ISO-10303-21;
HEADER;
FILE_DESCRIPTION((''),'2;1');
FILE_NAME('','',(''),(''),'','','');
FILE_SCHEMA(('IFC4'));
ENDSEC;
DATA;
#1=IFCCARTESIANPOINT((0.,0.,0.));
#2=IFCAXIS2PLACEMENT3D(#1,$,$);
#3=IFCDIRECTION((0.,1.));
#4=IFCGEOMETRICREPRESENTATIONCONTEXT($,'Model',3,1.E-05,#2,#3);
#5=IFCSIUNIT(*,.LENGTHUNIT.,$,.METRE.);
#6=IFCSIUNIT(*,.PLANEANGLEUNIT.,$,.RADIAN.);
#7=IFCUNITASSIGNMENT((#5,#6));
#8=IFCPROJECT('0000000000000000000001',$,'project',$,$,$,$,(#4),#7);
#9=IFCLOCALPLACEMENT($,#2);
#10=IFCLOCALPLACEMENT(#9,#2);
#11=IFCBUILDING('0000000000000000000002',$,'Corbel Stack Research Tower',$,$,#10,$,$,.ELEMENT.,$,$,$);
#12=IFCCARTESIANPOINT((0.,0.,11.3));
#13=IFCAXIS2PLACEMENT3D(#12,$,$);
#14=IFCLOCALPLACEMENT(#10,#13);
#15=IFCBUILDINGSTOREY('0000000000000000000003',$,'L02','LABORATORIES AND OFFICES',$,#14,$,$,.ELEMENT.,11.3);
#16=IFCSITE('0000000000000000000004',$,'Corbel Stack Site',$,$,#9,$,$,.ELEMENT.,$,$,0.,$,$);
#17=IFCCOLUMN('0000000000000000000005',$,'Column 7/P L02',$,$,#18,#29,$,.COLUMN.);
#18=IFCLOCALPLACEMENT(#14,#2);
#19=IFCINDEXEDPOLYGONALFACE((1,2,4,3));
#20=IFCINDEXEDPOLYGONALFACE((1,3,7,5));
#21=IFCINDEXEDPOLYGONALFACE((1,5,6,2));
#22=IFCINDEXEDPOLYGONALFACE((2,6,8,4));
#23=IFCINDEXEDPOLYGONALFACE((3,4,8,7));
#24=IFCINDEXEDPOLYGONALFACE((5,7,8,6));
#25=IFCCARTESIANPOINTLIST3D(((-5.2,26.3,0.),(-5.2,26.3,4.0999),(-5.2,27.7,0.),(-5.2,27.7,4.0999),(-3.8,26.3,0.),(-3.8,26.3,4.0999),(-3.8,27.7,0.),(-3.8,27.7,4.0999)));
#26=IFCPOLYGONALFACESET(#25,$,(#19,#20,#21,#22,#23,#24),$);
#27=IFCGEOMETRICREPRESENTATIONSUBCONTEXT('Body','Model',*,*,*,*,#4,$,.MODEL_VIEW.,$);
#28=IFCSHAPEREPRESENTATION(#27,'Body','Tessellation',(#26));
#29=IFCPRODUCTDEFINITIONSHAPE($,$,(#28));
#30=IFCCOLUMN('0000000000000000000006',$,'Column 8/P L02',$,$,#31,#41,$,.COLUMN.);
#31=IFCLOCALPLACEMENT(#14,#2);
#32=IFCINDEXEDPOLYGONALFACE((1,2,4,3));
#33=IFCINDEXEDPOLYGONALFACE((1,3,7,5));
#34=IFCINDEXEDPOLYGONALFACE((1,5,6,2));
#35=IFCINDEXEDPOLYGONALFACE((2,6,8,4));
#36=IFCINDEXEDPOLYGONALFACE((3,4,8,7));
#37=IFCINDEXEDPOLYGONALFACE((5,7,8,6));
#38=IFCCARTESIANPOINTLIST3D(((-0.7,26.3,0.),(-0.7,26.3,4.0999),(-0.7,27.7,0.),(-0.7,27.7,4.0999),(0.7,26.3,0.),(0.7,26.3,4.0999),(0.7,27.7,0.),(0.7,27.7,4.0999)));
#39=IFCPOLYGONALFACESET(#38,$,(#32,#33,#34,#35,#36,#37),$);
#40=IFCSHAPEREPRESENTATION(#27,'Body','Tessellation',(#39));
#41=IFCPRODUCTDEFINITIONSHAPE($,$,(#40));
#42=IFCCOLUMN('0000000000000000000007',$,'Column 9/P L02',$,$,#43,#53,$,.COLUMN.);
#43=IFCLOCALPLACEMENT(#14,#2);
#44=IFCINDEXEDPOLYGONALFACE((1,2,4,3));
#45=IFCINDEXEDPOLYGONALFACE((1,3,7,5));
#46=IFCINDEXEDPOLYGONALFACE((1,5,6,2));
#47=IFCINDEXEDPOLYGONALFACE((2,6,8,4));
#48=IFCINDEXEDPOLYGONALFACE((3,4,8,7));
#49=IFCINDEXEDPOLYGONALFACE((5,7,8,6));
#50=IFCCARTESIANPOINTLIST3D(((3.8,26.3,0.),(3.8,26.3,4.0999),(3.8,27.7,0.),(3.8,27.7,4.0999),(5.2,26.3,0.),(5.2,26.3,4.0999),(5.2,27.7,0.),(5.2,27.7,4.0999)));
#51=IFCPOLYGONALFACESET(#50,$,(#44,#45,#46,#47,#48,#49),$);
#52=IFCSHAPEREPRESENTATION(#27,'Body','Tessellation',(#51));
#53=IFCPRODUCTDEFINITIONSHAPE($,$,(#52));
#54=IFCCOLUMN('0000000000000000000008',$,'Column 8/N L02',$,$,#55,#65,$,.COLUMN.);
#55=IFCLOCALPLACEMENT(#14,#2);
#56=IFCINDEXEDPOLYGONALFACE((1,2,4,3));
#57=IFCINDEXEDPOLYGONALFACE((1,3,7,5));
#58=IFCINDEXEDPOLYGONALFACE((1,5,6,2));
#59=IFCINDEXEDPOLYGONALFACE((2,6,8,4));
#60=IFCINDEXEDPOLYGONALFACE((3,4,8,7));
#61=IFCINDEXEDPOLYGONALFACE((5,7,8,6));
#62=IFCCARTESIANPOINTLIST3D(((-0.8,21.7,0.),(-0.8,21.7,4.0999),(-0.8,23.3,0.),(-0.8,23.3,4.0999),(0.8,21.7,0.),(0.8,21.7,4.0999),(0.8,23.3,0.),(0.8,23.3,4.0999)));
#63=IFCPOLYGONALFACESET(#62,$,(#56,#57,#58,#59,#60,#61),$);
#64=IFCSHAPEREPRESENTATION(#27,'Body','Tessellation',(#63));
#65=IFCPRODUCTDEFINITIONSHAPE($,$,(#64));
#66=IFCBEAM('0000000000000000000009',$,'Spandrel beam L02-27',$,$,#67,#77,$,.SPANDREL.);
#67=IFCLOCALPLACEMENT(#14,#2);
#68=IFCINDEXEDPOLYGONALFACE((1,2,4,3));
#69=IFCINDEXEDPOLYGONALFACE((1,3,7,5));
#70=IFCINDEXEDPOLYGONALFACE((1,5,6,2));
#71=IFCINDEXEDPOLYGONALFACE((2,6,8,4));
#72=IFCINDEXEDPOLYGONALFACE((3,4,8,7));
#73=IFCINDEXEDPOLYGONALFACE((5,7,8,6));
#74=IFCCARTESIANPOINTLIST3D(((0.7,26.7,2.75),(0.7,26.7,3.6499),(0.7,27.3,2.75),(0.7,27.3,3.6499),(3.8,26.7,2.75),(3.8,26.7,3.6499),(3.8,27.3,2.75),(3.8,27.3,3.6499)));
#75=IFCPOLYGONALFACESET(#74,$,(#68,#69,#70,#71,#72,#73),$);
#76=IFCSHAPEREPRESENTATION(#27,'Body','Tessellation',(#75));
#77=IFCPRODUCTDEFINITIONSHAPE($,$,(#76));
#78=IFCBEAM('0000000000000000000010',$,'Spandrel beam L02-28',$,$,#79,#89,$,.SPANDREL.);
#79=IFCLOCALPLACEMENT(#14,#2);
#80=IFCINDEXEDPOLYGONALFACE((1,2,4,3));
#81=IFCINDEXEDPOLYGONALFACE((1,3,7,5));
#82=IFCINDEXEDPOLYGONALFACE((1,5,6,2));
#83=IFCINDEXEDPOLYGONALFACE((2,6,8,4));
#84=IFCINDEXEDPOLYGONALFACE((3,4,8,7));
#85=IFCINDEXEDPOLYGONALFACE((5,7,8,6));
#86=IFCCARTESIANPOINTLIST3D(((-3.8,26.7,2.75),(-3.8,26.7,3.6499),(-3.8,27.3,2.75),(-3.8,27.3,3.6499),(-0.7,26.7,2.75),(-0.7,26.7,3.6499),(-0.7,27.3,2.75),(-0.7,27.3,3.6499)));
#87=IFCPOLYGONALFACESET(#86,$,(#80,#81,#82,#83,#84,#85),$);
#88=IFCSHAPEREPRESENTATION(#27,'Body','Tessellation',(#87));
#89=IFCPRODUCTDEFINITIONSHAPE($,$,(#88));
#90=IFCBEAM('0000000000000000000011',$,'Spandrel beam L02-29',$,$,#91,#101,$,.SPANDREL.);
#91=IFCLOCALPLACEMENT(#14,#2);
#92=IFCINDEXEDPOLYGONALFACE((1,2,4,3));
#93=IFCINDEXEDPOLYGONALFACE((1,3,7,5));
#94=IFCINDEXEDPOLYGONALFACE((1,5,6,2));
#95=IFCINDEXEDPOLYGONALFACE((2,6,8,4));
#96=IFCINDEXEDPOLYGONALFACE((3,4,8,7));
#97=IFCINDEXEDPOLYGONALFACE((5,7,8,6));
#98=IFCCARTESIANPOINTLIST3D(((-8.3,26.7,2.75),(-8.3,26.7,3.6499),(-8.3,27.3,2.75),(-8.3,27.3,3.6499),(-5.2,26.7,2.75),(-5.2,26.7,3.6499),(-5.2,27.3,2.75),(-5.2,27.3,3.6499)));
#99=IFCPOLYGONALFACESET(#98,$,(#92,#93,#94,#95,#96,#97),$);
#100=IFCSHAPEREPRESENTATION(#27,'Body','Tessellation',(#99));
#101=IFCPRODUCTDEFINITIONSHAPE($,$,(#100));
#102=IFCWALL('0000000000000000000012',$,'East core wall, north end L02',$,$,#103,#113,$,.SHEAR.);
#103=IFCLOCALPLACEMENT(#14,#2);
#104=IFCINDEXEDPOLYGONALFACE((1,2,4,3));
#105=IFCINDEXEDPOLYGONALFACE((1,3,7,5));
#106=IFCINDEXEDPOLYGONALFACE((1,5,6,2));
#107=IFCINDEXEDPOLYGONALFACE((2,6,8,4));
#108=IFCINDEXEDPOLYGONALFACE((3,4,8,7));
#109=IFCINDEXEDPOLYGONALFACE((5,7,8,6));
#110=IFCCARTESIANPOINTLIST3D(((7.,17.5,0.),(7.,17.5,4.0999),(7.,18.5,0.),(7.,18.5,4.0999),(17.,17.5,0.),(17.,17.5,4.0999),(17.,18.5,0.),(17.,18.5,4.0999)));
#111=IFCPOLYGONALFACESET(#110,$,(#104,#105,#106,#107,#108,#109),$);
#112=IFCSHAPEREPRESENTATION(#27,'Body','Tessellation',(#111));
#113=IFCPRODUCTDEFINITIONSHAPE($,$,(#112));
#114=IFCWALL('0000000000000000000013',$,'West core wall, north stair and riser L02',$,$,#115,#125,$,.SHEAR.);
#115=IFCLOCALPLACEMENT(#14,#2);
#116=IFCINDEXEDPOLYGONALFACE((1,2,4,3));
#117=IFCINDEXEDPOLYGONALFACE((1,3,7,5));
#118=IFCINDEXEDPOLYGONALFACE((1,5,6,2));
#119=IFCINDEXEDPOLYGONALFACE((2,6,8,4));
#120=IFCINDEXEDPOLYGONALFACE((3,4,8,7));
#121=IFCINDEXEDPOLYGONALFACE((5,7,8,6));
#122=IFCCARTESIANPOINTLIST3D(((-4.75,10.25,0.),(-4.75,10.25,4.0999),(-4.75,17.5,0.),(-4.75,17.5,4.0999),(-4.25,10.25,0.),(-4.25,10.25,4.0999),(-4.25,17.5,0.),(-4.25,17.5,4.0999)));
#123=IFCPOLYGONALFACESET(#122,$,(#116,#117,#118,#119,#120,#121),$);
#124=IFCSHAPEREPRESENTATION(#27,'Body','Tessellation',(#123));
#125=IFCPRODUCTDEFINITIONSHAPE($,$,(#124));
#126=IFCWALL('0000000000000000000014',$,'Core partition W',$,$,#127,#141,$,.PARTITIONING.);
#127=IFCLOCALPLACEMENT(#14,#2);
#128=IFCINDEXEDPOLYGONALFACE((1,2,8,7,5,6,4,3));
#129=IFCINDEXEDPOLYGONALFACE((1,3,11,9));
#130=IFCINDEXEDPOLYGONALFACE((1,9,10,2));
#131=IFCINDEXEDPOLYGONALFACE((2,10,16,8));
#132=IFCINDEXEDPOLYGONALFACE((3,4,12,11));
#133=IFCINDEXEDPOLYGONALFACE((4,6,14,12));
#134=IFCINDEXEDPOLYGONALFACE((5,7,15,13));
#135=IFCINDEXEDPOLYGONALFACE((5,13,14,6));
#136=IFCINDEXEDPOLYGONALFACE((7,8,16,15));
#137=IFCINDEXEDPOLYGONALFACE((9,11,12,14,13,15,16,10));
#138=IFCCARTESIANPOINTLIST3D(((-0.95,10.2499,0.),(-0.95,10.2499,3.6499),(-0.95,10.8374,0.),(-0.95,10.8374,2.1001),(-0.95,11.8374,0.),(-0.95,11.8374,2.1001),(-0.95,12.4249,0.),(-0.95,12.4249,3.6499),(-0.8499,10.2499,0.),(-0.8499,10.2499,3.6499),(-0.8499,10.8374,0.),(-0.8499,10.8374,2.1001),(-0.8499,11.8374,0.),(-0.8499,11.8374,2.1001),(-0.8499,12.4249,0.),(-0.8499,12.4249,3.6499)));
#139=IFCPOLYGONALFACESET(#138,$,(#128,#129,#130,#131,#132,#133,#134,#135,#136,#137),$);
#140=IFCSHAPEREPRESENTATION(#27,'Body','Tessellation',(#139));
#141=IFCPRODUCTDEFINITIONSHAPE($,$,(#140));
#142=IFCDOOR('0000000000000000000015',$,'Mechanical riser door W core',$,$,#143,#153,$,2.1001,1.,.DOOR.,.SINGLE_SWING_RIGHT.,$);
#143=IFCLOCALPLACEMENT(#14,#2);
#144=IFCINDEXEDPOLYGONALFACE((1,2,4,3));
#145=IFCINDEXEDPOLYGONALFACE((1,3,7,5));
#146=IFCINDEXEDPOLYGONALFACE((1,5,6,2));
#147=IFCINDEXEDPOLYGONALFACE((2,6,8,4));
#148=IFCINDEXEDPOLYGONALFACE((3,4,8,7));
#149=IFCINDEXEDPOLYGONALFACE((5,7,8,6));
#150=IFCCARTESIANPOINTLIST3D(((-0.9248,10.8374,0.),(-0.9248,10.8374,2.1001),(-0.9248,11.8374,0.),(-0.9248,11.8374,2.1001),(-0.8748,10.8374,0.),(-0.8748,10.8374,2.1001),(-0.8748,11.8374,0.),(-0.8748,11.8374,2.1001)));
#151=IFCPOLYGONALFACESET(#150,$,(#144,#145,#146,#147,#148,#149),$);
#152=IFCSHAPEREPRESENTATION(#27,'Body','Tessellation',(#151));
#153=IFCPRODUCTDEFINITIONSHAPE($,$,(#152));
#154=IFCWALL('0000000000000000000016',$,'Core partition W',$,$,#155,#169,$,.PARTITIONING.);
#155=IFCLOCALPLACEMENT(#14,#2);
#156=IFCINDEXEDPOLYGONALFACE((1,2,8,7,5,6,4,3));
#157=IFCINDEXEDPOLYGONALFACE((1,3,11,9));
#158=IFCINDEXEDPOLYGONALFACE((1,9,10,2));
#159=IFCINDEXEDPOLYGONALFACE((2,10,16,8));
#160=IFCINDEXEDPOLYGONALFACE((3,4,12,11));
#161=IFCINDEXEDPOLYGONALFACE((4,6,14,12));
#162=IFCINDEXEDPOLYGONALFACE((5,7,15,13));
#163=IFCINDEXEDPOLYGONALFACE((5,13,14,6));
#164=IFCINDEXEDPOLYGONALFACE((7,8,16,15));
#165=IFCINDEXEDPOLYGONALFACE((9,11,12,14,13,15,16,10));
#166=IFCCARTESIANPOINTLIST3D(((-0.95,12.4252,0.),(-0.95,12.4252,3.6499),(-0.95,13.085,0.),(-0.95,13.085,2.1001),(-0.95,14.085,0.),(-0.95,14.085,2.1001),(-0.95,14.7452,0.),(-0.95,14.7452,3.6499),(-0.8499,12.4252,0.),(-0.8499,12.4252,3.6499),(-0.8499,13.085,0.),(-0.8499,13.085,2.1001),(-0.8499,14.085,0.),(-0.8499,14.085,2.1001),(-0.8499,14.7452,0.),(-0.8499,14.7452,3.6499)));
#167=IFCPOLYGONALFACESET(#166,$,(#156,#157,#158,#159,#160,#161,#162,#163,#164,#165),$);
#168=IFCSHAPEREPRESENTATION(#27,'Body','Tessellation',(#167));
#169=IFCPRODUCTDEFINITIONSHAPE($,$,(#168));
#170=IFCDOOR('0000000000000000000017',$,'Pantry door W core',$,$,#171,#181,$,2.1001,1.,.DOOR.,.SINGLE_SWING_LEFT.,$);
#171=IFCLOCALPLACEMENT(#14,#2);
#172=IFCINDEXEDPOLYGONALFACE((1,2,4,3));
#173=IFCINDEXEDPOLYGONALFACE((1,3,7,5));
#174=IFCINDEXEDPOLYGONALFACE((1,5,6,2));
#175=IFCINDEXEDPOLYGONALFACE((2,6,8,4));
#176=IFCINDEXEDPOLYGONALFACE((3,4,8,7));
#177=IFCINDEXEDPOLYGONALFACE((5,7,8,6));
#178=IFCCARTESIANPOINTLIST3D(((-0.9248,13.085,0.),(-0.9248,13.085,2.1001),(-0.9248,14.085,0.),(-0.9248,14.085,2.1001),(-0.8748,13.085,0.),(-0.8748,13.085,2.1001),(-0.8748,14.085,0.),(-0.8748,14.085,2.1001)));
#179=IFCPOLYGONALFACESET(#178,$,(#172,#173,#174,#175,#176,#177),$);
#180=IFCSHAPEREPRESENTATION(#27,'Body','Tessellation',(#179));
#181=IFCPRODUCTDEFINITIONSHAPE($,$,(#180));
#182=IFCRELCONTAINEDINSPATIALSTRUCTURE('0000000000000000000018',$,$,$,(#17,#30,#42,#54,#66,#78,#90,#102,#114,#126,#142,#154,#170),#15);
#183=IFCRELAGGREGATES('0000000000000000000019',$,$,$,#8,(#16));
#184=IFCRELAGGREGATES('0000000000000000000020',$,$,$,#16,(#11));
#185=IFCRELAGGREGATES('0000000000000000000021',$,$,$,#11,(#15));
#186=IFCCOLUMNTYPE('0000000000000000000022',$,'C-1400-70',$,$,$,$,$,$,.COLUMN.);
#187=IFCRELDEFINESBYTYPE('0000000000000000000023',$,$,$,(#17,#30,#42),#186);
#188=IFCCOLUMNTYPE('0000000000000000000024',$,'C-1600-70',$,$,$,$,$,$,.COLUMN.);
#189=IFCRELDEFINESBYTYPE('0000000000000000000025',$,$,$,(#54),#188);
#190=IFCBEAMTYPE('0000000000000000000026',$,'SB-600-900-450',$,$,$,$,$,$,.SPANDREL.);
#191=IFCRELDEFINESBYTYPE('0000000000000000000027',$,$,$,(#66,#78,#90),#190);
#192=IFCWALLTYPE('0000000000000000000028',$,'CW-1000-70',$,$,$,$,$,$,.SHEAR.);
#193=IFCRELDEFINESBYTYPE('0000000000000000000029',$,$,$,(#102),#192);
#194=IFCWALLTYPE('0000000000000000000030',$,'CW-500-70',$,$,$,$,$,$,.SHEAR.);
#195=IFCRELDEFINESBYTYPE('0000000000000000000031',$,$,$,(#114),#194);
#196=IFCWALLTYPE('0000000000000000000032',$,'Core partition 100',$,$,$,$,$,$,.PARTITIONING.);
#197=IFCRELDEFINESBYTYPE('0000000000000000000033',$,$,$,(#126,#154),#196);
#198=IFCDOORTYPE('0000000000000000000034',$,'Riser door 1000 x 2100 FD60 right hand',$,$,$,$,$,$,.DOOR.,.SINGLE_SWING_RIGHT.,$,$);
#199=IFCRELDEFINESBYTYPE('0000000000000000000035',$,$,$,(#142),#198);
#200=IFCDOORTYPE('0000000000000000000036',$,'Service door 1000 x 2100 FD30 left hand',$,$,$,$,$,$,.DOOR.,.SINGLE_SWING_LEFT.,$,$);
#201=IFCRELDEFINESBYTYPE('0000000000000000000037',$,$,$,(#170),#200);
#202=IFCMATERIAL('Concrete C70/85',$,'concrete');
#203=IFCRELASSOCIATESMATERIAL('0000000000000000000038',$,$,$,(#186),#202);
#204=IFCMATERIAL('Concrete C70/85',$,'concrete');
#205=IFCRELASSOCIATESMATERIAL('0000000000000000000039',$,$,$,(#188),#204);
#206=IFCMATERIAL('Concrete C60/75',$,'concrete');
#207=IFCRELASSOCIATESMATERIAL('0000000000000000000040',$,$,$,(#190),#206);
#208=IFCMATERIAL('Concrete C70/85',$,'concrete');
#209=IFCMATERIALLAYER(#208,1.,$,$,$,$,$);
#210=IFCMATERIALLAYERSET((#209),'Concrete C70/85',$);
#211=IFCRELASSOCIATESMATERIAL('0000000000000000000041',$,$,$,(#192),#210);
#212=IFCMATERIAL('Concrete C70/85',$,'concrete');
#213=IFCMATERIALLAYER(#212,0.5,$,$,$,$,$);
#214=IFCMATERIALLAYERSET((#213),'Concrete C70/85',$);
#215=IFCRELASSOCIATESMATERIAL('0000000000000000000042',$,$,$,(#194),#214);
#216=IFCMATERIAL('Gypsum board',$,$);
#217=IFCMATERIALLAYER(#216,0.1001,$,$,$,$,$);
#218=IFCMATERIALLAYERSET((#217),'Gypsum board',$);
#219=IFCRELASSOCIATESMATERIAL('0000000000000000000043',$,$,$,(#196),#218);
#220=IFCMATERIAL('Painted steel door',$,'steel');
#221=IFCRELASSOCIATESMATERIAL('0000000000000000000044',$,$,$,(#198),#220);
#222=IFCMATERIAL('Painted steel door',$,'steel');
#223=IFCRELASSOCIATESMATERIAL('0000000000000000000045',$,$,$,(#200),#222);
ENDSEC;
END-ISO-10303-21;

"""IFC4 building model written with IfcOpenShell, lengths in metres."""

from ifc_helpers import new_model, si_unit, direction, frame, frame_2d, origin, origin_2d, place, context, subcontext, project, spatial, rectangle, extrude, material, layer, layer_set, material_profile, profile_set, type_object, element, fill, save


model = new_model("IFC4")

# Units and contexts
model_context = context("Model", 3, precision=1e-05, world=origin(), true_north=direction((0.0, 1.0)))
body_context = subcontext(model_context, "Body", "Model", "MODEL_VIEW")
ifc_project = project(units=[si_unit("LENGTHUNIT", "METRE"), si_unit("PLANEANGLEUNIT", "RADIAN")], contexts=[model_context])

# Site, building, storey
site_placement = place(None, origin())
site = spatial("IfcSite", under=ifc_project, at=site_placement, Name="Corbel Stack Site", CompositionType="ELEMENT", RefElevation=0.0)
building_placement = place(site_placement, origin())
building = spatial("IfcBuilding", under=site, at=building_placement, Name="Corbel Stack Research Tower", CompositionType="ELEMENT")
storey_placement = place(building_placement, frame((0.0, 0.0, 11.3)))
storey = spatial("IfcBuildingStorey", under=building, at=storey_placement, Name="L02", Description="LABORATORIES AND OFFICES", CompositionType="ELEMENT", Elevation=11.3)

# Columns
ifc_material_1 = material(Name="Concrete C70/85", Category="concrete")
ifc_material_profile_1 = material_profile(ifc_material_1, rectangle(XDim=1.3999, YDim=1.3999, at=origin_2d()), Name="RC 1400 x 1400")
ifc_profile_set_1 = profile_set([ifc_material_profile_1], Name="Concrete C70/85")
column_type_1 = type_object("IfcColumnType", Name="C-1400-70", PredefinedType="COLUMN", material=ifc_profile_set_1)
for number, where, z_axis, x_axis, name in (
    (1, (-4.5, 27.0, 0.0), (0.0, 0.0, 1.0), (1.0, 0.0, 0.0), "Column 7/P L02"),
    (2, (0.0, 27.0, 0.0), (0.0, 0.0, 1.0), (1.0, 0.0, 0.0), "Column 8/P L02"),
    (3, (4.5, 27.0, 0.0), (0.0, 0.0, 1.0), (1.0, 0.0, 0.0), "Column 9/P L02"),
):
    element("IfcColumn", number, at=place(storey_placement, frame(where, z_axis=z_axis, x_axis=x_axis)), inside=storey, type_object=column_type_1, Name=name, PredefinedType="COLUMN", context=body_context, shape_type="SweptSolid", body=[
        extrude(rectangle(XDim=1.3999, YDim=1.3999, at=origin_2d()), origin(), (0.0, 0.0, 1.0), 4.0999),
    ])
ifc_material_2 = material(Name="Concrete C70/85", Category="concrete")
ifc_material_profile_2 = material_profile(ifc_material_2, rectangle(XDim=1.6001, YDim=1.6001, at=origin_2d()), Name="RC 1600 x 1600")
ifc_profile_set_2 = profile_set([ifc_material_profile_2], Name="Concrete C70/85")
column_type_2 = type_object("IfcColumnType", Name="C-1600-70", PredefinedType="COLUMN", material=ifc_profile_set_2)
column_placement = place(storey_placement, frame((0.0, 22.5, 0.0), z_axis=(0.0, 0.0, 1.0), x_axis=(1.0, 0.0, 0.0)))
element("IfcColumn", 4, at=column_placement, inside=storey, type_object=column_type_2, Name="Column 8/N L02", PredefinedType="COLUMN", context=body_context, shape_type="SweptSolid", body=[
    extrude(rectangle(XDim=1.6001, YDim=1.6001, at=origin_2d()), origin(), (0.0, 0.0, 1.0), 4.0999),
])

# Beams
ifc_material_3 = material(Name="Concrete C60/75", Category="concrete")
ifc_material_profile_3 = material_profile(ifc_material_3, rectangle(XDim=0.6001, YDim=0.8999, at=origin_2d()), Name="RC 600 x 900")
ifc_profile_set_3 = profile_set([ifc_material_profile_3], Name="Concrete C60/75")
beam_type = type_object("IfcBeamType", Name="SB-600-900-450", PredefinedType="SPANDREL", material=ifc_profile_set_3)
for number, where, z_axis, x_axis, name in (
    (5, (3.8, 27.0, 3.2), (-1.0, 0.0, 0.0), (0.0, -1.0, 0.0), "Spandrel beam L02-27"),
    (6, (-0.7, 27.0, 3.2), (-1.0, 0.0, 0.0), (0.0, -1.0, 0.0), "Spandrel beam L02-28"),
    (7, (-5.2, 27.0, 3.2), (-1.0, 0.0, 0.0), (0.0, -1.0, 0.0), "Spandrel beam L02-29"),
):
    element("IfcBeam", number, at=place(storey_placement, frame(where, z_axis=z_axis, x_axis=x_axis)), inside=storey, type_object=beam_type, Name=name, PredefinedType="SPANDREL", context=body_context, shape_type="SweptSolid", body=[
        extrude(rectangle(XDim=0.6001, YDim=0.8999, at=origin_2d()), origin(), (0.0, 0.0, 1.0), 3.1001),
    ])

# Walls
ifc_material_4 = material(Name="Concrete C70/85", Category="concrete")
ifc_layer_1 = layer(ifc_material_4, 1.0)
ifc_layer_set_1 = layer_set([ifc_layer_1], Name="Concrete C70/85")
wall_type_1 = type_object("IfcWallType", Name="CW-1000-70", PredefinedType="SHEAR", material=ifc_layer_set_1)
wall_1_placement = place(storey_placement, frame((7.0, 18.0, 0.0), z_axis=(0.0, 0.0, 1.0), x_axis=(1.0, 0.0, 0.0)))
element("IfcWall", 8, at=wall_1_placement, inside=storey, type_object=wall_type_1, Name="East core wall, north end L02", PredefinedType="SHEAR", context=body_context, shape_type="SweptSolid", body=[
    extrude(rectangle(XDim=10.0, YDim=1.0, at=frame_2d((5.0, 0.0))), origin(), (0.0, 0.0, 1.0), 4.0999),
])
ifc_material_5 = material(Name="Concrete C70/85", Category="concrete")
ifc_layer_2 = layer(ifc_material_5, 0.5)
ifc_layer_set_2 = layer_set([ifc_layer_2], Name="Concrete C70/85")
wall_type_2 = type_object("IfcWallType", Name="CW-500-70", PredefinedType="SHEAR", material=ifc_layer_set_2)
wall_2_placement = place(storey_placement, frame((-4.5, 10.25, 0.0), z_axis=(0.0, 0.0, 1.0), x_axis=(0.0, 1.0, 0.0)))
element("IfcWall", 9, at=wall_2_placement, inside=storey, type_object=wall_type_2, Name="West core wall, north stair and riser L02", PredefinedType="SHEAR", context=body_context, shape_type="SweptSolid", body=[
    extrude(rectangle(XDim=7.25, YDim=0.5, at=frame_2d((3.625, 0.0))), origin(), (0.0, 0.0, 1.0), 4.0999),
])

# Walls, openings, doors
ifc_material_6 = material(Name="Gypsum board")
ifc_layer_3 = layer(ifc_material_6, 0.1001)
ifc_layer_set_3 = layer_set([ifc_layer_3], Name="Gypsum board")
wall_type_3 = type_object("IfcWallType", Name="Core partition 100", PredefinedType="PARTITIONING", material=ifc_layer_set_3)
wall_3_placement = place(storey_placement, frame((-0.8999, 10.25, 0.0), z_axis=(0.0, 0.0, 1.0), x_axis=(0.0, 1.0, 0.0)))
wall_3 = element("IfcWall", 10, at=wall_3_placement, inside=storey, type_object=wall_type_3, Name="Core partition W", PredefinedType="PARTITIONING", context=body_context, shape_type="SweptSolid", body=[
    extrude(rectangle(XDim=2.175, YDim=0.1001, at=frame_2d((1.0874, 0.0))), origin(), (0.0, 0.0, 1.0), 3.6499),
])
opening_1_placement = place(wall_3_placement, frame((0.5874, 0.0, 0.0)))
opening_1 = element("IfcOpeningElement", 11, at=opening_1_placement, cuts=wall_3, PredefinedType="OPENING", context=body_context, shape_type="SweptSolid", body=[
    extrude(rectangle(XDim=1.0, YDim=2.1001, at=frame_2d((0.5, 1.05))), frame((0.0, 0.0601, 0.0), z_axis=(0.0, -1.0, 0.0), x_axis=(1.0, 0.0, 0.0)), (0.0, 0.0, 1.0), 0.1201),
])
ifc_material_7 = material(Name="Painted steel door", Category="steel")
door_type_1 = type_object("IfcDoorType", Name="Riser door 1000 x 2100 FD60 right hand", OperationType="SINGLE_SWING_RIGHT", PredefinedType="DOOR", material=ifc_material_7)
door_1_placement = place(opening_1_placement, origin())
door_1 = element("IfcDoor", 12, at=door_1_placement, inside=storey, type_object=door_type_1, Name="Mechanical riser door W core", OperationType="SINGLE_SWING_RIGHT", OverallHeight=2.1001, OverallWidth=1.0, PredefinedType="DOOR", context=body_context, shape_type="SweptSolid", body=[
    extrude(rectangle(XDim=1.0, YDim=2.1001, at=frame_2d((0.5, 1.05))), frame((0.0, 0.0249, 0.0), z_axis=(0.0, -1.0, 0.0), x_axis=(1.0, 0.0, 0.0)), (0.0, 0.0, 1.0), 0.05),
])
fill(opening_1, door_1)
wall_4_placement = place(storey_placement, frame((-0.8999, 12.425, 0.0), z_axis=(0.0, 0.0, 1.0), x_axis=(0.0, 1.0, 0.0)))
wall_4 = element("IfcWall", 13, at=wall_4_placement, inside=storey, type_object=wall_type_3, Name="Core partition W", PredefinedType="PARTITIONING", context=body_context, shape_type="SweptSolid", body=[
    extrude(rectangle(XDim=2.3201, YDim=0.1001, at=frame_2d((1.1602, 0.0))), origin(), (0.0, 0.0, 1.0), 3.6499),
])
opening_2_placement = place(wall_4_placement, frame((0.6599, 0.0, 0.0)))
opening_2 = element("IfcOpeningElement", 14, at=opening_2_placement, cuts=wall_4, PredefinedType="OPENING", context=body_context, shape_type="SweptSolid", body=[
    extrude(rectangle(XDim=1.0, YDim=2.1001, at=frame_2d((0.5, 1.05))), frame((0.0, 0.0601, 0.0), z_axis=(0.0, -1.0, 0.0), x_axis=(1.0, 0.0, 0.0)), (0.0, 0.0, 1.0), 0.1201),
])
ifc_material_8 = material(Name="Painted steel door", Category="steel")
door_type_2 = type_object("IfcDoorType", Name="Service door 1000 x 2100 FD30 left hand", OperationType="SINGLE_SWING_LEFT", PredefinedType="DOOR", material=ifc_material_8)
door_2_placement = place(opening_2_placement, origin())
door_2 = element("IfcDoor", 15, at=door_2_placement, inside=storey, type_object=door_type_2, Name="Pantry door W core", OperationType="SINGLE_SWING_LEFT", OverallHeight=2.1001, OverallWidth=1.0, PredefinedType="DOOR", context=body_context, shape_type="SweptSolid", body=[
    extrude(rectangle(XDim=1.0, YDim=2.1001, at=frame_2d((0.5, 1.05))), frame((0.0, 0.0249, 0.0), z_axis=(0.0, -1.0, 0.0), x_axis=(1.0, 0.0, 0.0)), (0.0, 0.0, 1.0), 0.05),
])
fill(opening_2, door_2)

save(model, "model.ifc")
